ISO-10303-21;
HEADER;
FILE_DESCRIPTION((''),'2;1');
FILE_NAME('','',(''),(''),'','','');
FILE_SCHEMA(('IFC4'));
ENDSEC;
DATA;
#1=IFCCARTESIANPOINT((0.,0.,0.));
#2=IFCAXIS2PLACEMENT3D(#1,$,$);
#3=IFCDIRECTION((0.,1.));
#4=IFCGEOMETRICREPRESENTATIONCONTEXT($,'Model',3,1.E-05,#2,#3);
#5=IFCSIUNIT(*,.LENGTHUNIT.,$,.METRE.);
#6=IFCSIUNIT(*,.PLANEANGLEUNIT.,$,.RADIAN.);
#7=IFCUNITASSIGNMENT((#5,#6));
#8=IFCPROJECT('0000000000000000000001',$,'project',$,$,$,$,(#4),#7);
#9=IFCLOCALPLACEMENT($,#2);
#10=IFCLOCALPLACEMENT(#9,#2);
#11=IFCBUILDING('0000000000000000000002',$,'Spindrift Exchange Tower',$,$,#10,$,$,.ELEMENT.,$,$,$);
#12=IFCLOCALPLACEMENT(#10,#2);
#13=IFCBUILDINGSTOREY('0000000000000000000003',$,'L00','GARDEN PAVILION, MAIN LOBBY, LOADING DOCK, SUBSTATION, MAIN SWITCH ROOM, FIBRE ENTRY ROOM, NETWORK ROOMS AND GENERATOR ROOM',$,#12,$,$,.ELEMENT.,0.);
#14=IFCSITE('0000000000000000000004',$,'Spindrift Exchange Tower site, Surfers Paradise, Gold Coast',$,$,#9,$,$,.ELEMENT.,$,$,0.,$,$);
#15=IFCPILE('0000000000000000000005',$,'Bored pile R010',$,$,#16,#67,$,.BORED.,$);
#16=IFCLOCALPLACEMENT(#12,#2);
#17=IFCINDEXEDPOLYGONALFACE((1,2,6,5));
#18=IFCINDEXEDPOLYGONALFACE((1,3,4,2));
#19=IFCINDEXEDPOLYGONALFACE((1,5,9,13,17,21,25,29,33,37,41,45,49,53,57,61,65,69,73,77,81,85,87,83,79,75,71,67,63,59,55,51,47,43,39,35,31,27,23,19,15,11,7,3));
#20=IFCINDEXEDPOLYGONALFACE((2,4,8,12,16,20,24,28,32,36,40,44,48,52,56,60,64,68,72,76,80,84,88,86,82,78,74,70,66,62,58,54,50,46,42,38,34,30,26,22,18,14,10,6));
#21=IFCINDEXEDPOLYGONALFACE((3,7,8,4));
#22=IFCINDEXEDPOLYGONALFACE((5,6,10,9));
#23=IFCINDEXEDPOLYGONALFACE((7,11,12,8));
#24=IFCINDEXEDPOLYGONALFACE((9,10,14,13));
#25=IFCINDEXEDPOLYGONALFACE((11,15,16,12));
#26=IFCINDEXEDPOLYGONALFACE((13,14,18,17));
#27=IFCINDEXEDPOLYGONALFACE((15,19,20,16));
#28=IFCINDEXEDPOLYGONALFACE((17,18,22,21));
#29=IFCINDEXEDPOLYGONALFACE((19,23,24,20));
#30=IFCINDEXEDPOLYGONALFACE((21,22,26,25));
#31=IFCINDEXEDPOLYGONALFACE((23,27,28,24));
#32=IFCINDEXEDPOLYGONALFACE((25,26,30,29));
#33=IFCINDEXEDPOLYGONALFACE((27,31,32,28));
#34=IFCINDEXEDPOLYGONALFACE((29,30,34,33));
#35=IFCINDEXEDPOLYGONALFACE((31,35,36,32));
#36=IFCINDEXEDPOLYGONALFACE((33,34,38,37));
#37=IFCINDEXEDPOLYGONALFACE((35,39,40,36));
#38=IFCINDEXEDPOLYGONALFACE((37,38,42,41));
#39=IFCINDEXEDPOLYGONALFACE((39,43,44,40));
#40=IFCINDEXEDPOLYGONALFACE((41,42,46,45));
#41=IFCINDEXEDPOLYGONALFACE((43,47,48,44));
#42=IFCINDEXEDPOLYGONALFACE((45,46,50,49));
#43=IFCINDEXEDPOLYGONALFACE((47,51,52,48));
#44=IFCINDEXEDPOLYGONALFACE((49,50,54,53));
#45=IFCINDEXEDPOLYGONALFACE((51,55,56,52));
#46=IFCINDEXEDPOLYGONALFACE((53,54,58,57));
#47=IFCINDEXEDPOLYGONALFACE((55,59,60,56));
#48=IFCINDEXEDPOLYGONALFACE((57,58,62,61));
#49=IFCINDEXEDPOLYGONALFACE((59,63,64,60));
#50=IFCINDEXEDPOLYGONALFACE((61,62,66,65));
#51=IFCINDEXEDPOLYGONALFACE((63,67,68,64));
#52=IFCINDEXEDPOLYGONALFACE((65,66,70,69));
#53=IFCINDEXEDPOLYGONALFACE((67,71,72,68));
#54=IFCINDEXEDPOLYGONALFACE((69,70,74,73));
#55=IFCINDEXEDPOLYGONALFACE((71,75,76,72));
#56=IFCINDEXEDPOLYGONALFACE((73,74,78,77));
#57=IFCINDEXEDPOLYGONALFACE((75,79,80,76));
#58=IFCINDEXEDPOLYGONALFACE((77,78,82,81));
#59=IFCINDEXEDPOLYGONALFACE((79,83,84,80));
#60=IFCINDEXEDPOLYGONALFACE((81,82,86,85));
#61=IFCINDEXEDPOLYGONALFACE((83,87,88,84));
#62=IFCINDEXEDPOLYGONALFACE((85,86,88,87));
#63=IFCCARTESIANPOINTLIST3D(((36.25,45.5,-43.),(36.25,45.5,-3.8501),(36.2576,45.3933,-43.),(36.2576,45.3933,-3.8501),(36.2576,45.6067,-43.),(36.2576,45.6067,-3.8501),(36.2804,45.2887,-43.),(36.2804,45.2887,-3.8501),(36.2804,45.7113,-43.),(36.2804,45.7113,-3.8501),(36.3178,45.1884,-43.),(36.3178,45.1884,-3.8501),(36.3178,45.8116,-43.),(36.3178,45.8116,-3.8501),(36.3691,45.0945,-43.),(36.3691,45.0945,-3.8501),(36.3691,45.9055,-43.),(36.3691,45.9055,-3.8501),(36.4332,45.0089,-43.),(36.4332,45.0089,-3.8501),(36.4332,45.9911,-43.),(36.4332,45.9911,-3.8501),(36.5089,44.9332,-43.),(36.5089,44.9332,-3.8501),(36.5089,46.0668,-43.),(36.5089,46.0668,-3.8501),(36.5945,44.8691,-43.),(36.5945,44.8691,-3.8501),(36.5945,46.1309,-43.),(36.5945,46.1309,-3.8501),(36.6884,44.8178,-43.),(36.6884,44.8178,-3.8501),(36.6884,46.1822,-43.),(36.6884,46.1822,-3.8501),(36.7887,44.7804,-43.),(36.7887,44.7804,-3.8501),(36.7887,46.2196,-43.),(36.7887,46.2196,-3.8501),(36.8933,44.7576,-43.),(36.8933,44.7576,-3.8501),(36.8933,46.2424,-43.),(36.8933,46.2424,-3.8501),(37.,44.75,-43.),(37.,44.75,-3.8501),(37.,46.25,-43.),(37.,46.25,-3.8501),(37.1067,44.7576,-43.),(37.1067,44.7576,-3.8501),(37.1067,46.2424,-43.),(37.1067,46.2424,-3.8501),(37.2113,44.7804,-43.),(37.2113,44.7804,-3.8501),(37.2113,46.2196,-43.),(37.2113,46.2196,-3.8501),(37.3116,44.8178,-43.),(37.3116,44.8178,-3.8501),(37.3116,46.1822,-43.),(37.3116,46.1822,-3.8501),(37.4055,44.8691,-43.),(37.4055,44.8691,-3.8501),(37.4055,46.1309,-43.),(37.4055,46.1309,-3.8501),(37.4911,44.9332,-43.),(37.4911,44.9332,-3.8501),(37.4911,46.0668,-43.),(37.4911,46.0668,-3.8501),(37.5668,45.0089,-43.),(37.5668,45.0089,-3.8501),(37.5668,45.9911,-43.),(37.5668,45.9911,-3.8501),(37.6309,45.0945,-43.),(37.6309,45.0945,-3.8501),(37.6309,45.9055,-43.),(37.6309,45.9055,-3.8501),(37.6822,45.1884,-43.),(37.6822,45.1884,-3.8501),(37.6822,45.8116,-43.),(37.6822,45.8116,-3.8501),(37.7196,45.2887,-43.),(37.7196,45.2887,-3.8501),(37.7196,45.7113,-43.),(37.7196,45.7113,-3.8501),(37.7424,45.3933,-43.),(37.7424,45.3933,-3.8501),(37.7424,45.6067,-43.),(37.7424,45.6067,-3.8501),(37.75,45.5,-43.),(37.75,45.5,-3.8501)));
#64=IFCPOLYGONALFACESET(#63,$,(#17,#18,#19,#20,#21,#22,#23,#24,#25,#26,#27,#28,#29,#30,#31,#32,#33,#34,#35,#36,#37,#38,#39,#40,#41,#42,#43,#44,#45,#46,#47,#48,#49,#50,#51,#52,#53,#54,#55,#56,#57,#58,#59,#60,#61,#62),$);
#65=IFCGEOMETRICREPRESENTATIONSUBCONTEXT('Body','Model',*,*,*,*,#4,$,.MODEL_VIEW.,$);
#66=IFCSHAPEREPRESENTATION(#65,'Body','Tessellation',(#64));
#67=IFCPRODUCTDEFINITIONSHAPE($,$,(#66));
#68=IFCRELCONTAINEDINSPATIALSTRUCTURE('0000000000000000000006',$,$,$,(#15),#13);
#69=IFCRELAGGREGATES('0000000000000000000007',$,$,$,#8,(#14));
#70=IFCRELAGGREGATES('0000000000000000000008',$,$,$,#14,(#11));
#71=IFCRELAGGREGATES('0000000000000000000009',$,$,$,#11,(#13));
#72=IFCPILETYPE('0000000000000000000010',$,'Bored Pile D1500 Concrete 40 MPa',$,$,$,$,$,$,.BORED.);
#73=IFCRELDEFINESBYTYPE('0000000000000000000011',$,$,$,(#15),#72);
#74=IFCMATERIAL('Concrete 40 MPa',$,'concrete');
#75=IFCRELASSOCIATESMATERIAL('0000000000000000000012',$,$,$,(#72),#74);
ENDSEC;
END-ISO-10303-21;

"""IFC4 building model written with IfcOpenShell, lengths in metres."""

from ifc_helpers import new_model, si_unit, direction, frame, origin, origin_2d, place, context, subcontext, project, spatial, circle, extrude, source, transform, mapped, material, material_profile, profile_set, type_object, element, save


model = new_model("IFC4")

# Units and contexts
model_context = context("Model", 3, precision=1e-05, world=origin(), true_north=direction((0.0, 1.0)))
body_context = subcontext(model_context, "Body", "Model", "MODEL_VIEW")
ifc_project = project(units=[si_unit("LENGTHUNIT", "METRE"), si_unit("PLANEANGLEUNIT", "RADIAN")], contexts=[model_context])

# Site, building, storey
site_placement = place(None, origin())
site = spatial("IfcSite", under=ifc_project, at=site_placement, Name="Spindrift Exchange Tower site, Surfers Paradise, Gold Coast", CompositionType="ELEMENT", RefElevation=0.0)
building_placement = place(site_placement, origin())
building = spatial("IfcBuilding", under=site, at=building_placement, Name="Spindrift Exchange Tower", CompositionType="ELEMENT")
storey_placement = place(building_placement, origin())
storey = spatial("IfcBuildingStorey", under=building, at=storey_placement, Name="L00", Description="GARDEN PAVILION, MAIN LOBBY, LOADING DOCK, SUBSTATION, MAIN SWITCH ROOM, FIBRE ENTRY ROOM, NETWORK ROOMS AND GENERATOR ROOM", CompositionType="ELEMENT", Elevation=0.0)

# Pile
ifc_material_1 = material(Name="Concrete 40 MPa", Category="concrete")
ifc_material_profile = material_profile(ifc_material_1, circle(Radius=0.75, at=origin_2d()), Name="BP D1500")
ifc_profile_set = profile_set([ifc_material_profile], Name="Concrete 40 MPa")
pile_type = type_object("IfcPileType", Name="Bored Pile D1500 Concrete 40 MPa", PredefinedType="BORED", material=ifc_profile_set)
shared_shape_1 = source(origin(), body_context, "Body", "SweptSolid", [
    extrude(circle(Radius=0.75, at=origin_2d()), origin(), (0.0, 0.0, 1.0), 39.1499),
])
pile_placement = place(storey_placement, frame((37.0, 45.5, -3.8501), z_axis=(0.0, 0.0, -1.0), x_axis=(1.0, 0.0, 0.0)))
element("IfcPile", 1, at=pile_placement, inside=storey, type_object=pile_type, Name="Bored pile R010", PredefinedType="BORED", context=body_context, shape_type="MappedRepresentation", body=[
    mapped(shared_shape_1, transform((0.0, 0.0, 0.0), scale=1.0)),
])

save(model, "model.ifc")
